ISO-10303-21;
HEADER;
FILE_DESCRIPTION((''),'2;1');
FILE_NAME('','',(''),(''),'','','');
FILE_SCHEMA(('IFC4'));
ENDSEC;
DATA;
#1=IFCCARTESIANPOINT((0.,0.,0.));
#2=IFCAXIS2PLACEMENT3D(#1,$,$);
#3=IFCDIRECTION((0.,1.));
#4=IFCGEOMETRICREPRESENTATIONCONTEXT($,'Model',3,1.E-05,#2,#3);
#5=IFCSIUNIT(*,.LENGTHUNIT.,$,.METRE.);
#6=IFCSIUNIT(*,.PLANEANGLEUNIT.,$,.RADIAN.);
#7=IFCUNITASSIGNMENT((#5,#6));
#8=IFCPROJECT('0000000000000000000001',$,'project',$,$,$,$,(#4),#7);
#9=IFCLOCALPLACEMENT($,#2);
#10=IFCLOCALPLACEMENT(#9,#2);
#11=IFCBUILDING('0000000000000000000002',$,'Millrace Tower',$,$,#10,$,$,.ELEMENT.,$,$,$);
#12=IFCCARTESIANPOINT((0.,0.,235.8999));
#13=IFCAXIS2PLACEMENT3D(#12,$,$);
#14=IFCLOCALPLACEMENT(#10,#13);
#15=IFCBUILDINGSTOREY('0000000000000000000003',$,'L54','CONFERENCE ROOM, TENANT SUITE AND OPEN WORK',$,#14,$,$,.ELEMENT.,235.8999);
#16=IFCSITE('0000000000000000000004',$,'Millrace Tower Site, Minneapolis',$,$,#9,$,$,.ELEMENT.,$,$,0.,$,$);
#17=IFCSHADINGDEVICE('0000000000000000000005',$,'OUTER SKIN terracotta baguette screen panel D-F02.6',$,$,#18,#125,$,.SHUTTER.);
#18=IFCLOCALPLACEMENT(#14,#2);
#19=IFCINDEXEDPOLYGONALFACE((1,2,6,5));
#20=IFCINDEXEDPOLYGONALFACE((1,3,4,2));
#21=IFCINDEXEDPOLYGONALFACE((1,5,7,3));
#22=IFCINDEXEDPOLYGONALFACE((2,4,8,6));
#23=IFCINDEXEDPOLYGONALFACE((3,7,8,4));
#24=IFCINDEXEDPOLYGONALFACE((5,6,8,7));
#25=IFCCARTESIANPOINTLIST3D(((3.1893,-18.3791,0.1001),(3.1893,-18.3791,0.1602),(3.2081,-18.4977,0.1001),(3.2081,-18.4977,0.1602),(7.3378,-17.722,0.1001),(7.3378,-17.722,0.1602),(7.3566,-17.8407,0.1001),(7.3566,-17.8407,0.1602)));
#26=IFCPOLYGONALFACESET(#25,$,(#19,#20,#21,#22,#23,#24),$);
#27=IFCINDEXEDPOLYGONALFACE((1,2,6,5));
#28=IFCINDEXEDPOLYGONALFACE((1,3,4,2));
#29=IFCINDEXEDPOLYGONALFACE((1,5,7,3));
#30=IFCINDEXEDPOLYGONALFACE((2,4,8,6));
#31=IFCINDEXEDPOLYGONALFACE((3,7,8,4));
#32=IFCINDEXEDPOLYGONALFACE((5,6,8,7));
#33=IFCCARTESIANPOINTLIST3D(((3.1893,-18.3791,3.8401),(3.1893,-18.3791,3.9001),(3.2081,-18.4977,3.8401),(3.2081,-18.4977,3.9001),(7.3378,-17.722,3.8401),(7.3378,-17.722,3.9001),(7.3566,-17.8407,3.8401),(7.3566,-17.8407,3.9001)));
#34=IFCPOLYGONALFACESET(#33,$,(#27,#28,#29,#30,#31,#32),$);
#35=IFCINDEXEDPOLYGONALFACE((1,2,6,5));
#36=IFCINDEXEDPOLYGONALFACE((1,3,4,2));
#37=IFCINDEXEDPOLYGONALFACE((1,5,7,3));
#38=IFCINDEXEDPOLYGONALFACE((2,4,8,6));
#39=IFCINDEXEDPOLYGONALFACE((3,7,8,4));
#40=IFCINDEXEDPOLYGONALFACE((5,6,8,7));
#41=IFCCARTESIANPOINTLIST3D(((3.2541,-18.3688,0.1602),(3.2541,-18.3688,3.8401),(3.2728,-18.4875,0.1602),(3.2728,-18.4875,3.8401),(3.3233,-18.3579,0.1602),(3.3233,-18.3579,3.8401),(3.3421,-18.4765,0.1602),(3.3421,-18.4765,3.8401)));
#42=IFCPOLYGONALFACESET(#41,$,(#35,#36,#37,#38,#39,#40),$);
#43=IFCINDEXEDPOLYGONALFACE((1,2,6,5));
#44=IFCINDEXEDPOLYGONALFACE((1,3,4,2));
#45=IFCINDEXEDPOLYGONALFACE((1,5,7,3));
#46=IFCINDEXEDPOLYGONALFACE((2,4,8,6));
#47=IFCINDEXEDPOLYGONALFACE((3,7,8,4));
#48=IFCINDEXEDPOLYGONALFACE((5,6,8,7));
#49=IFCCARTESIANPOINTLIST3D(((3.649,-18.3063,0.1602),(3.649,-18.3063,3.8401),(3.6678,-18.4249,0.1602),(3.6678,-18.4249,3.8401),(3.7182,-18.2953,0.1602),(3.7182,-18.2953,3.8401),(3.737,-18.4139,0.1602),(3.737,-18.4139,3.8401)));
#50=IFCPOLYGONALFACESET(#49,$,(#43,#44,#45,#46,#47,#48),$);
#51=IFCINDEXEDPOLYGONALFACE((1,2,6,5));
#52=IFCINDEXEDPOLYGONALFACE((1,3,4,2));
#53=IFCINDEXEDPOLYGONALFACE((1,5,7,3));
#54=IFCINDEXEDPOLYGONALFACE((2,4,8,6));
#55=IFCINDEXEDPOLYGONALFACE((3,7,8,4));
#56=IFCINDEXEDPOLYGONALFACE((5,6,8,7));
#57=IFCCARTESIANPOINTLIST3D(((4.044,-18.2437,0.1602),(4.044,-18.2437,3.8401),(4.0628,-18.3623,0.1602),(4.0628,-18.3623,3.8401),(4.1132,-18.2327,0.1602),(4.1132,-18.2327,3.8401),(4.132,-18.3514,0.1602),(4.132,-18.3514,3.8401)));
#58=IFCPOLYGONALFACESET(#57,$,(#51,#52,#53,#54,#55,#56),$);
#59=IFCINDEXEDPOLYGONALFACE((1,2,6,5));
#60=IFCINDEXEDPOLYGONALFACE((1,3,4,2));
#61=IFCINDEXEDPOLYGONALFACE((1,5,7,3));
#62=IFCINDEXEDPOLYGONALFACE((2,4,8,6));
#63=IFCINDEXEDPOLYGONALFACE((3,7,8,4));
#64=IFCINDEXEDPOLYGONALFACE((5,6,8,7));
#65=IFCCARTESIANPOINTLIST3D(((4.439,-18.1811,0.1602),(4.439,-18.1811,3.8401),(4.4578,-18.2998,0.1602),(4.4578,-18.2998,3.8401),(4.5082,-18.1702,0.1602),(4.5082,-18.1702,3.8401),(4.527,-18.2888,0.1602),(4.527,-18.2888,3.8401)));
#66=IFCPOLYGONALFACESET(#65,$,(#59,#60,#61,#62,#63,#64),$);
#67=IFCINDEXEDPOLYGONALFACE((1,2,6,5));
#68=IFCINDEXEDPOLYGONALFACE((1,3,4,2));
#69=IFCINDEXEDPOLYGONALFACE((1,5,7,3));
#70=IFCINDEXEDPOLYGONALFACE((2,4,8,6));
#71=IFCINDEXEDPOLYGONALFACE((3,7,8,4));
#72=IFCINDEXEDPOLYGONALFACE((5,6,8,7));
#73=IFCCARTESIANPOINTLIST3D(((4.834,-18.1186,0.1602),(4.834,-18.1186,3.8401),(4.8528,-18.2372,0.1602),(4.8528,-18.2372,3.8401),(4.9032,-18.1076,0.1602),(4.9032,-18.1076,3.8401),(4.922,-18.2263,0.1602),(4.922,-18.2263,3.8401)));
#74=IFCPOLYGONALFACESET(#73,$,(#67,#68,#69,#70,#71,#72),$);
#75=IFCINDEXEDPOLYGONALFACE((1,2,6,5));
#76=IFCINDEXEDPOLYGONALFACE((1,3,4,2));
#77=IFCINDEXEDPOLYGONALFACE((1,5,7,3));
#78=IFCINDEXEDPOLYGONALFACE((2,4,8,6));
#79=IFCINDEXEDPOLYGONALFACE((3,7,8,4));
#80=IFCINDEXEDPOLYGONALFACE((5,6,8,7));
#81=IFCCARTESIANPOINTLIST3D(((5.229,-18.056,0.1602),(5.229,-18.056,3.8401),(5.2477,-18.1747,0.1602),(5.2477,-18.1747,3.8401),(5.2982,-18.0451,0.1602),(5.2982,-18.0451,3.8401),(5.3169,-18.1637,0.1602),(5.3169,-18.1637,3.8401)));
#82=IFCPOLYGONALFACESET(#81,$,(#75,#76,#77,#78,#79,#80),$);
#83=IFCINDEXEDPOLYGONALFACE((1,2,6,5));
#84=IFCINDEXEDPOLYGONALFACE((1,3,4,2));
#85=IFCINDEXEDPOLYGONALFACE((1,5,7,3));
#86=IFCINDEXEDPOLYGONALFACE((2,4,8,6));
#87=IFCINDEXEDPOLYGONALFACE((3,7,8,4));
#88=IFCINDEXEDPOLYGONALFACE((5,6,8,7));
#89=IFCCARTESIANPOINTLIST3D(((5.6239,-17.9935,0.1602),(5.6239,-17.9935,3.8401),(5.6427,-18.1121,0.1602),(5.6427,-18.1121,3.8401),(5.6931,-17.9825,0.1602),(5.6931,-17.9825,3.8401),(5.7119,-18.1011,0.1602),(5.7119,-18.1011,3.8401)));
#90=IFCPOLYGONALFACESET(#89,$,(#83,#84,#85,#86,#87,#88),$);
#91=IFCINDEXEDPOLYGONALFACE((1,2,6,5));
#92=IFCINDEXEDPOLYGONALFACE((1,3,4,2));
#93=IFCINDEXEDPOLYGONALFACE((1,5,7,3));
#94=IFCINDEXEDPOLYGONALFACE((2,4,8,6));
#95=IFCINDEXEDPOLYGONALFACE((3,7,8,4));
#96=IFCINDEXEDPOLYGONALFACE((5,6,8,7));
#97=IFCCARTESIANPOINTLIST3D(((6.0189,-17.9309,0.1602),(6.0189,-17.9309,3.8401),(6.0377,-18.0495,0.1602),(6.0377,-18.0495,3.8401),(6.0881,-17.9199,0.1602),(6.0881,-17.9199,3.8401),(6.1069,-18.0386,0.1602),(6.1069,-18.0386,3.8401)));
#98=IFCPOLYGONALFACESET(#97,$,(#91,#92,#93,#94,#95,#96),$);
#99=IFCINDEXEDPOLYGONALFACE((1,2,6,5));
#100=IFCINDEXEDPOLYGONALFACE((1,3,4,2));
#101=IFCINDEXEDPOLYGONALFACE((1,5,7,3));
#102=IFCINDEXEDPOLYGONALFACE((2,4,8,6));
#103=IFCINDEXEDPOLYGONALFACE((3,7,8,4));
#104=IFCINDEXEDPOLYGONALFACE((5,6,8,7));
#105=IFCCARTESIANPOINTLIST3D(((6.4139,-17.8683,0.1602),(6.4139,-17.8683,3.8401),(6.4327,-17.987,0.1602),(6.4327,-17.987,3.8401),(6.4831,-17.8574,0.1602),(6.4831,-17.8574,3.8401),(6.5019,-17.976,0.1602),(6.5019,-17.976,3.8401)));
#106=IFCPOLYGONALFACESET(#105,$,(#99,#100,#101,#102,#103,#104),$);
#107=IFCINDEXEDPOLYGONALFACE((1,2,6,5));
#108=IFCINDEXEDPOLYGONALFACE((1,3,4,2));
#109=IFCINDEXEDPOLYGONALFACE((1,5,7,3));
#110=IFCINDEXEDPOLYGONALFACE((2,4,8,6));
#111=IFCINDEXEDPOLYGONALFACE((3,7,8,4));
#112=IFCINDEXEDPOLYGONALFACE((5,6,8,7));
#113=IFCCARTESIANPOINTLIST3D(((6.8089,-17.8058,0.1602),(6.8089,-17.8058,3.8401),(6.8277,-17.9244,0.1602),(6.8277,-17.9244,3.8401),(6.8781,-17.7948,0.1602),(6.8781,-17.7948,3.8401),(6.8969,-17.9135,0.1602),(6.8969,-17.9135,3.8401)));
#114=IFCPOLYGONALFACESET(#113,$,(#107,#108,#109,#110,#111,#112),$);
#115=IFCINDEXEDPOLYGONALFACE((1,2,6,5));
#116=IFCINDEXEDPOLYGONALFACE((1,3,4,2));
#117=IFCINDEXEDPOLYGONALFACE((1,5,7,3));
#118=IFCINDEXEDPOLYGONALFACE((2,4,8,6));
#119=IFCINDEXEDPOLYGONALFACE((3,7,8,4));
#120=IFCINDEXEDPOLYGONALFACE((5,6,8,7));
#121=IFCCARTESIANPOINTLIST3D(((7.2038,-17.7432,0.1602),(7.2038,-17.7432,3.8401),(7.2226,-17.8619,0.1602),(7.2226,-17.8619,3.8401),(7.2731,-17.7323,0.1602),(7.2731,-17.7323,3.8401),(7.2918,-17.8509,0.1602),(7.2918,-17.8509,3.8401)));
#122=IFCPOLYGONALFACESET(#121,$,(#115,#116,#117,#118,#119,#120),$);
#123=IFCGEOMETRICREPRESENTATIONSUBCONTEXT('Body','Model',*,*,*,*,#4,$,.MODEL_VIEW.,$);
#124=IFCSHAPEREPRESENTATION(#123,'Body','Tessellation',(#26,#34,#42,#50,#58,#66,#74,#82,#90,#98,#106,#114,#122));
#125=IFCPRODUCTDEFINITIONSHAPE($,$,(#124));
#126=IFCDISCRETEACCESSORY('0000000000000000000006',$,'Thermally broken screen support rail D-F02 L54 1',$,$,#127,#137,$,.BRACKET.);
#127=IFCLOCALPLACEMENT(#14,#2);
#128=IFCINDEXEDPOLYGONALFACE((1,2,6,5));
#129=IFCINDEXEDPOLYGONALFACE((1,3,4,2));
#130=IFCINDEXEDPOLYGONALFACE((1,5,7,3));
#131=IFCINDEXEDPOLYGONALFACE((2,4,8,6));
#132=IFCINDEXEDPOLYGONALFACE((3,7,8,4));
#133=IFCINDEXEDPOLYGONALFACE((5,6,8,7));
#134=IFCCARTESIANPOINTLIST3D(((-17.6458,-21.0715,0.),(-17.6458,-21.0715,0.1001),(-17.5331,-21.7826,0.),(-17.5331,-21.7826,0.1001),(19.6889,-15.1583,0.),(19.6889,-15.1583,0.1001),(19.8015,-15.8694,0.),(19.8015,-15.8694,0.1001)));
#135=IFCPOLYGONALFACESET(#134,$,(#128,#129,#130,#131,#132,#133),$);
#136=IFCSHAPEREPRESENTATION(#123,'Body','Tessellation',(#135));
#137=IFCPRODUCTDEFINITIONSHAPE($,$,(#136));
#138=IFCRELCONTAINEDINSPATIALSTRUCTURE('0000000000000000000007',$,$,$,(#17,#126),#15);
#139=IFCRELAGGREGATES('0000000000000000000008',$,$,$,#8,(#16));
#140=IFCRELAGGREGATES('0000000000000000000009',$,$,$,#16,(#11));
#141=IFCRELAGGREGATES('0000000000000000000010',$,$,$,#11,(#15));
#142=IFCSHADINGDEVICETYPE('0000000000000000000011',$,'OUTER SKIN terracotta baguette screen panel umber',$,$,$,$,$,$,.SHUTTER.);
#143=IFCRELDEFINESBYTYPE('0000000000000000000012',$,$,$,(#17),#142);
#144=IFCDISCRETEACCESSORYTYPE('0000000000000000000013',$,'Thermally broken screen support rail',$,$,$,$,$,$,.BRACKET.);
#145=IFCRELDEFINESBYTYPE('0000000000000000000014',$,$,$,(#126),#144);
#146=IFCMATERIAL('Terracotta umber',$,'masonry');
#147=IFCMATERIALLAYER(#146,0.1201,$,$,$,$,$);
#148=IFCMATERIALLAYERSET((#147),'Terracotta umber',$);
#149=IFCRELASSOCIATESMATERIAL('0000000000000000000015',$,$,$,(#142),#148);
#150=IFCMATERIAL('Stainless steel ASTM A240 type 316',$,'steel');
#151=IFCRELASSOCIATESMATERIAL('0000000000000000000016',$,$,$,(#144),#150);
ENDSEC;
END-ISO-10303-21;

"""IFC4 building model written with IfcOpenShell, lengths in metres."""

from ifc_helpers import new_model, entity, si_unit, direction, frame, frame_2d, origin, origin_2d, place, context, subcontext, project, spatial, rectangle, extrude, source, transform, mapped, material, layer, layer_set, type_object, element, save


model = new_model("IFC4")

# Units and contexts
model_context = context("Model", 3, precision=1e-05, world=origin(), true_north=direction((0.0, 1.0)))
body_context = subcontext(model_context, "Body", "Model", "MODEL_VIEW")
ifc_project = project(units=[si_unit("LENGTHUNIT", "METRE"), si_unit("PLANEANGLEUNIT", "RADIAN")], contexts=[model_context])

# Site, building, storey
site_placement = place(None, origin())
site = spatial("IfcSite", under=ifc_project, at=site_placement, Name="Millrace Tower Site, Minneapolis", CompositionType="ELEMENT", RefElevation=0.0)
building_placement = place(site_placement, origin())
building = spatial("IfcBuilding", under=site, at=building_placement, Name="Millrace Tower", CompositionType="ELEMENT")
storey_placement = place(building_placement, frame((0.0, 0.0, 235.8999)))
storey = spatial("IfcBuildingStorey", under=building, at=storey_placement, Name="L54", Description="CONFERENCE ROOM, TENANT SUITE AND OPEN WORK", CompositionType="ELEMENT", Elevation=235.8999)

# Shading device
ifc_material_1 = material(Name="Terracotta umber", Category="masonry")
ifc_layer_1 = layer(ifc_material_1, 0.1201)
ifc_layer_set_1 = layer_set([ifc_layer_1], Name="Terracotta umber")
shading_device_type = type_object("IfcShadingDeviceType", Name="OUTER SKIN terracotta baguette screen panel umber", PredefinedType="SHUTTER", material=ifc_layer_set_1)
cartesian_point = entity("IfcCartesianPoint", [-2.1001, 0.0601])
shared_polyline = entity("IfcPolyline", [cartesian_point, entity("IfcCartesianPoint", [2.1001, 0.0601]), entity("IfcCartesianPoint", [2.1001, -0.0601]), entity("IfcCartesianPoint", [-2.1001, -0.0601]), cartesian_point])
shared_shape = source(origin(), body_context, "Body", "SweptSolid", [
    entity("IfcExtrudedAreaSolid", entity("IfcArbitraryClosedProfileDef", "AREA", None, shared_polyline), entity("IfcAxis2Placement3D", entity("IfcCartesianPoint", [0.0, 0.0, 0.0])), entity("IfcDirection", [0.0, 0.0, 1.0]), 0.0601),
    entity("IfcExtrudedAreaSolid", entity("IfcArbitraryClosedProfileDef", "AREA", None, shared_polyline), entity("IfcAxis2Placement3D", entity("IfcCartesianPoint", [0.0, 0.0, 3.74])), entity("IfcDirection", [0.0, 0.0, 1.0]), 0.0601),
    extrude(rectangle(XDim=0.0701, YDim=0.1201, at=frame_2d((-1.9995, 0.0))), frame((0.0, 0.0, 0.0601)), (0.0, 0.0, 1.0), 3.6799),
    extrude(rectangle(XDim=0.0701, YDim=0.1201, at=frame_2d((-1.5996, 0.0))), frame((0.0, 0.0, 0.0601)), (0.0, 0.0, 1.0), 3.6799),
    extrude(rectangle(XDim=0.0701, YDim=0.1201, at=frame_2d((-1.1997, 0.0))), frame((0.0, 0.0, 0.0601)), (0.0, 0.0, 1.0), 3.6799),
    extrude(rectangle(XDim=0.0701, YDim=0.1201, at=frame_2d((-0.7998, 0.0))), frame((0.0, 0.0, 0.0601)), (0.0, 0.0, 1.0), 3.6799),
    extrude(rectangle(XDim=0.0701, YDim=0.1201, at=frame_2d((-0.3999, 0.0))), frame((0.0, 0.0, 0.0601)), (0.0, 0.0, 1.0), 3.6799),
    extrude(rectangle(XDim=0.0701, YDim=0.1201, at=origin_2d()), frame((0.0, 0.0, 0.0601)), (0.0, 0.0, 1.0), 3.6799),
    extrude(rectangle(XDim=0.0701, YDim=0.1201, at=frame_2d((0.3999, 0.0))), frame((0.0, 0.0, 0.0601)), (0.0, 0.0, 1.0), 3.6799),
    extrude(rectangle(XDim=0.0701, YDim=0.1201, at=frame_2d((0.7998, 0.0))), frame((0.0, 0.0, 0.0601)), (0.0, 0.0, 1.0), 3.6799),
    extrude(rectangle(XDim=0.0701, YDim=0.1201, at=frame_2d((1.1997, 0.0))), frame((0.0, 0.0, 0.0601)), (0.0, 0.0, 1.0), 3.6799),
    extrude(rectangle(XDim=0.0701, YDim=0.1201, at=frame_2d((1.5996, 0.0))), frame((0.0, 0.0, 0.0601)), (0.0, 0.0, 1.0), 3.6799),
    extrude(rectangle(XDim=0.0701, YDim=0.1201, at=frame_2d((1.9995, 0.0))), frame((0.0, 0.0, 0.0601)), (0.0, 0.0, 1.0), 3.6799),
])
for number, where, z_axis, x_axis, name in (
    (1, (5.2729, -18.1099, 0.1001), (0.0, 0.0, 1.0), (0.987688, 0.156434, 0.0), "OUTER SKIN terracotta baguette screen panel D-F02.6"),
):
    element("IfcShadingDevice", number, at=place(storey_placement, frame(where, z_axis=z_axis, x_axis=x_axis)), inside=storey, type_object=shading_device_type, Name=name, PredefinedType="SHUTTER", context=body_context, shape_type="MappedRepresentation", body=[
        mapped(shared_shape, transform((0.0, 0.0, 0.0), scale=1.0)),
    ])

# Discrete accessory
ifc_material_2 = material(Name="Stainless steel ASTM A240 type 316", Category="steel")
discrete_accessory_type = type_object("IfcDiscreteAccessoryType", Name="Thermally broken screen support rail", PredefinedType="BRACKET", material=ifc_material_2)
discrete_accessory_placement = place(storey_placement, frame((1.0779, -18.4705, 0.0), z_axis=(0.0, 0.0, 1.0), x_axis=(0.987688, 0.156434, 0.0)))
element("IfcDiscreteAccessory", 2, at=discrete_accessory_placement, inside=storey, type_object=discrete_accessory_type, Name="Thermally broken screen support rail D-F02 L54 1", PredefinedType="BRACKET", context=body_context, shape_type="SweptSolid", body=[
    extrude(rectangle(XDim=37.8, YDim=0.72, at=origin_2d()), origin(), (0.0, 0.0, 1.0), 0.1001),
])

save(model, "model.ifc")
